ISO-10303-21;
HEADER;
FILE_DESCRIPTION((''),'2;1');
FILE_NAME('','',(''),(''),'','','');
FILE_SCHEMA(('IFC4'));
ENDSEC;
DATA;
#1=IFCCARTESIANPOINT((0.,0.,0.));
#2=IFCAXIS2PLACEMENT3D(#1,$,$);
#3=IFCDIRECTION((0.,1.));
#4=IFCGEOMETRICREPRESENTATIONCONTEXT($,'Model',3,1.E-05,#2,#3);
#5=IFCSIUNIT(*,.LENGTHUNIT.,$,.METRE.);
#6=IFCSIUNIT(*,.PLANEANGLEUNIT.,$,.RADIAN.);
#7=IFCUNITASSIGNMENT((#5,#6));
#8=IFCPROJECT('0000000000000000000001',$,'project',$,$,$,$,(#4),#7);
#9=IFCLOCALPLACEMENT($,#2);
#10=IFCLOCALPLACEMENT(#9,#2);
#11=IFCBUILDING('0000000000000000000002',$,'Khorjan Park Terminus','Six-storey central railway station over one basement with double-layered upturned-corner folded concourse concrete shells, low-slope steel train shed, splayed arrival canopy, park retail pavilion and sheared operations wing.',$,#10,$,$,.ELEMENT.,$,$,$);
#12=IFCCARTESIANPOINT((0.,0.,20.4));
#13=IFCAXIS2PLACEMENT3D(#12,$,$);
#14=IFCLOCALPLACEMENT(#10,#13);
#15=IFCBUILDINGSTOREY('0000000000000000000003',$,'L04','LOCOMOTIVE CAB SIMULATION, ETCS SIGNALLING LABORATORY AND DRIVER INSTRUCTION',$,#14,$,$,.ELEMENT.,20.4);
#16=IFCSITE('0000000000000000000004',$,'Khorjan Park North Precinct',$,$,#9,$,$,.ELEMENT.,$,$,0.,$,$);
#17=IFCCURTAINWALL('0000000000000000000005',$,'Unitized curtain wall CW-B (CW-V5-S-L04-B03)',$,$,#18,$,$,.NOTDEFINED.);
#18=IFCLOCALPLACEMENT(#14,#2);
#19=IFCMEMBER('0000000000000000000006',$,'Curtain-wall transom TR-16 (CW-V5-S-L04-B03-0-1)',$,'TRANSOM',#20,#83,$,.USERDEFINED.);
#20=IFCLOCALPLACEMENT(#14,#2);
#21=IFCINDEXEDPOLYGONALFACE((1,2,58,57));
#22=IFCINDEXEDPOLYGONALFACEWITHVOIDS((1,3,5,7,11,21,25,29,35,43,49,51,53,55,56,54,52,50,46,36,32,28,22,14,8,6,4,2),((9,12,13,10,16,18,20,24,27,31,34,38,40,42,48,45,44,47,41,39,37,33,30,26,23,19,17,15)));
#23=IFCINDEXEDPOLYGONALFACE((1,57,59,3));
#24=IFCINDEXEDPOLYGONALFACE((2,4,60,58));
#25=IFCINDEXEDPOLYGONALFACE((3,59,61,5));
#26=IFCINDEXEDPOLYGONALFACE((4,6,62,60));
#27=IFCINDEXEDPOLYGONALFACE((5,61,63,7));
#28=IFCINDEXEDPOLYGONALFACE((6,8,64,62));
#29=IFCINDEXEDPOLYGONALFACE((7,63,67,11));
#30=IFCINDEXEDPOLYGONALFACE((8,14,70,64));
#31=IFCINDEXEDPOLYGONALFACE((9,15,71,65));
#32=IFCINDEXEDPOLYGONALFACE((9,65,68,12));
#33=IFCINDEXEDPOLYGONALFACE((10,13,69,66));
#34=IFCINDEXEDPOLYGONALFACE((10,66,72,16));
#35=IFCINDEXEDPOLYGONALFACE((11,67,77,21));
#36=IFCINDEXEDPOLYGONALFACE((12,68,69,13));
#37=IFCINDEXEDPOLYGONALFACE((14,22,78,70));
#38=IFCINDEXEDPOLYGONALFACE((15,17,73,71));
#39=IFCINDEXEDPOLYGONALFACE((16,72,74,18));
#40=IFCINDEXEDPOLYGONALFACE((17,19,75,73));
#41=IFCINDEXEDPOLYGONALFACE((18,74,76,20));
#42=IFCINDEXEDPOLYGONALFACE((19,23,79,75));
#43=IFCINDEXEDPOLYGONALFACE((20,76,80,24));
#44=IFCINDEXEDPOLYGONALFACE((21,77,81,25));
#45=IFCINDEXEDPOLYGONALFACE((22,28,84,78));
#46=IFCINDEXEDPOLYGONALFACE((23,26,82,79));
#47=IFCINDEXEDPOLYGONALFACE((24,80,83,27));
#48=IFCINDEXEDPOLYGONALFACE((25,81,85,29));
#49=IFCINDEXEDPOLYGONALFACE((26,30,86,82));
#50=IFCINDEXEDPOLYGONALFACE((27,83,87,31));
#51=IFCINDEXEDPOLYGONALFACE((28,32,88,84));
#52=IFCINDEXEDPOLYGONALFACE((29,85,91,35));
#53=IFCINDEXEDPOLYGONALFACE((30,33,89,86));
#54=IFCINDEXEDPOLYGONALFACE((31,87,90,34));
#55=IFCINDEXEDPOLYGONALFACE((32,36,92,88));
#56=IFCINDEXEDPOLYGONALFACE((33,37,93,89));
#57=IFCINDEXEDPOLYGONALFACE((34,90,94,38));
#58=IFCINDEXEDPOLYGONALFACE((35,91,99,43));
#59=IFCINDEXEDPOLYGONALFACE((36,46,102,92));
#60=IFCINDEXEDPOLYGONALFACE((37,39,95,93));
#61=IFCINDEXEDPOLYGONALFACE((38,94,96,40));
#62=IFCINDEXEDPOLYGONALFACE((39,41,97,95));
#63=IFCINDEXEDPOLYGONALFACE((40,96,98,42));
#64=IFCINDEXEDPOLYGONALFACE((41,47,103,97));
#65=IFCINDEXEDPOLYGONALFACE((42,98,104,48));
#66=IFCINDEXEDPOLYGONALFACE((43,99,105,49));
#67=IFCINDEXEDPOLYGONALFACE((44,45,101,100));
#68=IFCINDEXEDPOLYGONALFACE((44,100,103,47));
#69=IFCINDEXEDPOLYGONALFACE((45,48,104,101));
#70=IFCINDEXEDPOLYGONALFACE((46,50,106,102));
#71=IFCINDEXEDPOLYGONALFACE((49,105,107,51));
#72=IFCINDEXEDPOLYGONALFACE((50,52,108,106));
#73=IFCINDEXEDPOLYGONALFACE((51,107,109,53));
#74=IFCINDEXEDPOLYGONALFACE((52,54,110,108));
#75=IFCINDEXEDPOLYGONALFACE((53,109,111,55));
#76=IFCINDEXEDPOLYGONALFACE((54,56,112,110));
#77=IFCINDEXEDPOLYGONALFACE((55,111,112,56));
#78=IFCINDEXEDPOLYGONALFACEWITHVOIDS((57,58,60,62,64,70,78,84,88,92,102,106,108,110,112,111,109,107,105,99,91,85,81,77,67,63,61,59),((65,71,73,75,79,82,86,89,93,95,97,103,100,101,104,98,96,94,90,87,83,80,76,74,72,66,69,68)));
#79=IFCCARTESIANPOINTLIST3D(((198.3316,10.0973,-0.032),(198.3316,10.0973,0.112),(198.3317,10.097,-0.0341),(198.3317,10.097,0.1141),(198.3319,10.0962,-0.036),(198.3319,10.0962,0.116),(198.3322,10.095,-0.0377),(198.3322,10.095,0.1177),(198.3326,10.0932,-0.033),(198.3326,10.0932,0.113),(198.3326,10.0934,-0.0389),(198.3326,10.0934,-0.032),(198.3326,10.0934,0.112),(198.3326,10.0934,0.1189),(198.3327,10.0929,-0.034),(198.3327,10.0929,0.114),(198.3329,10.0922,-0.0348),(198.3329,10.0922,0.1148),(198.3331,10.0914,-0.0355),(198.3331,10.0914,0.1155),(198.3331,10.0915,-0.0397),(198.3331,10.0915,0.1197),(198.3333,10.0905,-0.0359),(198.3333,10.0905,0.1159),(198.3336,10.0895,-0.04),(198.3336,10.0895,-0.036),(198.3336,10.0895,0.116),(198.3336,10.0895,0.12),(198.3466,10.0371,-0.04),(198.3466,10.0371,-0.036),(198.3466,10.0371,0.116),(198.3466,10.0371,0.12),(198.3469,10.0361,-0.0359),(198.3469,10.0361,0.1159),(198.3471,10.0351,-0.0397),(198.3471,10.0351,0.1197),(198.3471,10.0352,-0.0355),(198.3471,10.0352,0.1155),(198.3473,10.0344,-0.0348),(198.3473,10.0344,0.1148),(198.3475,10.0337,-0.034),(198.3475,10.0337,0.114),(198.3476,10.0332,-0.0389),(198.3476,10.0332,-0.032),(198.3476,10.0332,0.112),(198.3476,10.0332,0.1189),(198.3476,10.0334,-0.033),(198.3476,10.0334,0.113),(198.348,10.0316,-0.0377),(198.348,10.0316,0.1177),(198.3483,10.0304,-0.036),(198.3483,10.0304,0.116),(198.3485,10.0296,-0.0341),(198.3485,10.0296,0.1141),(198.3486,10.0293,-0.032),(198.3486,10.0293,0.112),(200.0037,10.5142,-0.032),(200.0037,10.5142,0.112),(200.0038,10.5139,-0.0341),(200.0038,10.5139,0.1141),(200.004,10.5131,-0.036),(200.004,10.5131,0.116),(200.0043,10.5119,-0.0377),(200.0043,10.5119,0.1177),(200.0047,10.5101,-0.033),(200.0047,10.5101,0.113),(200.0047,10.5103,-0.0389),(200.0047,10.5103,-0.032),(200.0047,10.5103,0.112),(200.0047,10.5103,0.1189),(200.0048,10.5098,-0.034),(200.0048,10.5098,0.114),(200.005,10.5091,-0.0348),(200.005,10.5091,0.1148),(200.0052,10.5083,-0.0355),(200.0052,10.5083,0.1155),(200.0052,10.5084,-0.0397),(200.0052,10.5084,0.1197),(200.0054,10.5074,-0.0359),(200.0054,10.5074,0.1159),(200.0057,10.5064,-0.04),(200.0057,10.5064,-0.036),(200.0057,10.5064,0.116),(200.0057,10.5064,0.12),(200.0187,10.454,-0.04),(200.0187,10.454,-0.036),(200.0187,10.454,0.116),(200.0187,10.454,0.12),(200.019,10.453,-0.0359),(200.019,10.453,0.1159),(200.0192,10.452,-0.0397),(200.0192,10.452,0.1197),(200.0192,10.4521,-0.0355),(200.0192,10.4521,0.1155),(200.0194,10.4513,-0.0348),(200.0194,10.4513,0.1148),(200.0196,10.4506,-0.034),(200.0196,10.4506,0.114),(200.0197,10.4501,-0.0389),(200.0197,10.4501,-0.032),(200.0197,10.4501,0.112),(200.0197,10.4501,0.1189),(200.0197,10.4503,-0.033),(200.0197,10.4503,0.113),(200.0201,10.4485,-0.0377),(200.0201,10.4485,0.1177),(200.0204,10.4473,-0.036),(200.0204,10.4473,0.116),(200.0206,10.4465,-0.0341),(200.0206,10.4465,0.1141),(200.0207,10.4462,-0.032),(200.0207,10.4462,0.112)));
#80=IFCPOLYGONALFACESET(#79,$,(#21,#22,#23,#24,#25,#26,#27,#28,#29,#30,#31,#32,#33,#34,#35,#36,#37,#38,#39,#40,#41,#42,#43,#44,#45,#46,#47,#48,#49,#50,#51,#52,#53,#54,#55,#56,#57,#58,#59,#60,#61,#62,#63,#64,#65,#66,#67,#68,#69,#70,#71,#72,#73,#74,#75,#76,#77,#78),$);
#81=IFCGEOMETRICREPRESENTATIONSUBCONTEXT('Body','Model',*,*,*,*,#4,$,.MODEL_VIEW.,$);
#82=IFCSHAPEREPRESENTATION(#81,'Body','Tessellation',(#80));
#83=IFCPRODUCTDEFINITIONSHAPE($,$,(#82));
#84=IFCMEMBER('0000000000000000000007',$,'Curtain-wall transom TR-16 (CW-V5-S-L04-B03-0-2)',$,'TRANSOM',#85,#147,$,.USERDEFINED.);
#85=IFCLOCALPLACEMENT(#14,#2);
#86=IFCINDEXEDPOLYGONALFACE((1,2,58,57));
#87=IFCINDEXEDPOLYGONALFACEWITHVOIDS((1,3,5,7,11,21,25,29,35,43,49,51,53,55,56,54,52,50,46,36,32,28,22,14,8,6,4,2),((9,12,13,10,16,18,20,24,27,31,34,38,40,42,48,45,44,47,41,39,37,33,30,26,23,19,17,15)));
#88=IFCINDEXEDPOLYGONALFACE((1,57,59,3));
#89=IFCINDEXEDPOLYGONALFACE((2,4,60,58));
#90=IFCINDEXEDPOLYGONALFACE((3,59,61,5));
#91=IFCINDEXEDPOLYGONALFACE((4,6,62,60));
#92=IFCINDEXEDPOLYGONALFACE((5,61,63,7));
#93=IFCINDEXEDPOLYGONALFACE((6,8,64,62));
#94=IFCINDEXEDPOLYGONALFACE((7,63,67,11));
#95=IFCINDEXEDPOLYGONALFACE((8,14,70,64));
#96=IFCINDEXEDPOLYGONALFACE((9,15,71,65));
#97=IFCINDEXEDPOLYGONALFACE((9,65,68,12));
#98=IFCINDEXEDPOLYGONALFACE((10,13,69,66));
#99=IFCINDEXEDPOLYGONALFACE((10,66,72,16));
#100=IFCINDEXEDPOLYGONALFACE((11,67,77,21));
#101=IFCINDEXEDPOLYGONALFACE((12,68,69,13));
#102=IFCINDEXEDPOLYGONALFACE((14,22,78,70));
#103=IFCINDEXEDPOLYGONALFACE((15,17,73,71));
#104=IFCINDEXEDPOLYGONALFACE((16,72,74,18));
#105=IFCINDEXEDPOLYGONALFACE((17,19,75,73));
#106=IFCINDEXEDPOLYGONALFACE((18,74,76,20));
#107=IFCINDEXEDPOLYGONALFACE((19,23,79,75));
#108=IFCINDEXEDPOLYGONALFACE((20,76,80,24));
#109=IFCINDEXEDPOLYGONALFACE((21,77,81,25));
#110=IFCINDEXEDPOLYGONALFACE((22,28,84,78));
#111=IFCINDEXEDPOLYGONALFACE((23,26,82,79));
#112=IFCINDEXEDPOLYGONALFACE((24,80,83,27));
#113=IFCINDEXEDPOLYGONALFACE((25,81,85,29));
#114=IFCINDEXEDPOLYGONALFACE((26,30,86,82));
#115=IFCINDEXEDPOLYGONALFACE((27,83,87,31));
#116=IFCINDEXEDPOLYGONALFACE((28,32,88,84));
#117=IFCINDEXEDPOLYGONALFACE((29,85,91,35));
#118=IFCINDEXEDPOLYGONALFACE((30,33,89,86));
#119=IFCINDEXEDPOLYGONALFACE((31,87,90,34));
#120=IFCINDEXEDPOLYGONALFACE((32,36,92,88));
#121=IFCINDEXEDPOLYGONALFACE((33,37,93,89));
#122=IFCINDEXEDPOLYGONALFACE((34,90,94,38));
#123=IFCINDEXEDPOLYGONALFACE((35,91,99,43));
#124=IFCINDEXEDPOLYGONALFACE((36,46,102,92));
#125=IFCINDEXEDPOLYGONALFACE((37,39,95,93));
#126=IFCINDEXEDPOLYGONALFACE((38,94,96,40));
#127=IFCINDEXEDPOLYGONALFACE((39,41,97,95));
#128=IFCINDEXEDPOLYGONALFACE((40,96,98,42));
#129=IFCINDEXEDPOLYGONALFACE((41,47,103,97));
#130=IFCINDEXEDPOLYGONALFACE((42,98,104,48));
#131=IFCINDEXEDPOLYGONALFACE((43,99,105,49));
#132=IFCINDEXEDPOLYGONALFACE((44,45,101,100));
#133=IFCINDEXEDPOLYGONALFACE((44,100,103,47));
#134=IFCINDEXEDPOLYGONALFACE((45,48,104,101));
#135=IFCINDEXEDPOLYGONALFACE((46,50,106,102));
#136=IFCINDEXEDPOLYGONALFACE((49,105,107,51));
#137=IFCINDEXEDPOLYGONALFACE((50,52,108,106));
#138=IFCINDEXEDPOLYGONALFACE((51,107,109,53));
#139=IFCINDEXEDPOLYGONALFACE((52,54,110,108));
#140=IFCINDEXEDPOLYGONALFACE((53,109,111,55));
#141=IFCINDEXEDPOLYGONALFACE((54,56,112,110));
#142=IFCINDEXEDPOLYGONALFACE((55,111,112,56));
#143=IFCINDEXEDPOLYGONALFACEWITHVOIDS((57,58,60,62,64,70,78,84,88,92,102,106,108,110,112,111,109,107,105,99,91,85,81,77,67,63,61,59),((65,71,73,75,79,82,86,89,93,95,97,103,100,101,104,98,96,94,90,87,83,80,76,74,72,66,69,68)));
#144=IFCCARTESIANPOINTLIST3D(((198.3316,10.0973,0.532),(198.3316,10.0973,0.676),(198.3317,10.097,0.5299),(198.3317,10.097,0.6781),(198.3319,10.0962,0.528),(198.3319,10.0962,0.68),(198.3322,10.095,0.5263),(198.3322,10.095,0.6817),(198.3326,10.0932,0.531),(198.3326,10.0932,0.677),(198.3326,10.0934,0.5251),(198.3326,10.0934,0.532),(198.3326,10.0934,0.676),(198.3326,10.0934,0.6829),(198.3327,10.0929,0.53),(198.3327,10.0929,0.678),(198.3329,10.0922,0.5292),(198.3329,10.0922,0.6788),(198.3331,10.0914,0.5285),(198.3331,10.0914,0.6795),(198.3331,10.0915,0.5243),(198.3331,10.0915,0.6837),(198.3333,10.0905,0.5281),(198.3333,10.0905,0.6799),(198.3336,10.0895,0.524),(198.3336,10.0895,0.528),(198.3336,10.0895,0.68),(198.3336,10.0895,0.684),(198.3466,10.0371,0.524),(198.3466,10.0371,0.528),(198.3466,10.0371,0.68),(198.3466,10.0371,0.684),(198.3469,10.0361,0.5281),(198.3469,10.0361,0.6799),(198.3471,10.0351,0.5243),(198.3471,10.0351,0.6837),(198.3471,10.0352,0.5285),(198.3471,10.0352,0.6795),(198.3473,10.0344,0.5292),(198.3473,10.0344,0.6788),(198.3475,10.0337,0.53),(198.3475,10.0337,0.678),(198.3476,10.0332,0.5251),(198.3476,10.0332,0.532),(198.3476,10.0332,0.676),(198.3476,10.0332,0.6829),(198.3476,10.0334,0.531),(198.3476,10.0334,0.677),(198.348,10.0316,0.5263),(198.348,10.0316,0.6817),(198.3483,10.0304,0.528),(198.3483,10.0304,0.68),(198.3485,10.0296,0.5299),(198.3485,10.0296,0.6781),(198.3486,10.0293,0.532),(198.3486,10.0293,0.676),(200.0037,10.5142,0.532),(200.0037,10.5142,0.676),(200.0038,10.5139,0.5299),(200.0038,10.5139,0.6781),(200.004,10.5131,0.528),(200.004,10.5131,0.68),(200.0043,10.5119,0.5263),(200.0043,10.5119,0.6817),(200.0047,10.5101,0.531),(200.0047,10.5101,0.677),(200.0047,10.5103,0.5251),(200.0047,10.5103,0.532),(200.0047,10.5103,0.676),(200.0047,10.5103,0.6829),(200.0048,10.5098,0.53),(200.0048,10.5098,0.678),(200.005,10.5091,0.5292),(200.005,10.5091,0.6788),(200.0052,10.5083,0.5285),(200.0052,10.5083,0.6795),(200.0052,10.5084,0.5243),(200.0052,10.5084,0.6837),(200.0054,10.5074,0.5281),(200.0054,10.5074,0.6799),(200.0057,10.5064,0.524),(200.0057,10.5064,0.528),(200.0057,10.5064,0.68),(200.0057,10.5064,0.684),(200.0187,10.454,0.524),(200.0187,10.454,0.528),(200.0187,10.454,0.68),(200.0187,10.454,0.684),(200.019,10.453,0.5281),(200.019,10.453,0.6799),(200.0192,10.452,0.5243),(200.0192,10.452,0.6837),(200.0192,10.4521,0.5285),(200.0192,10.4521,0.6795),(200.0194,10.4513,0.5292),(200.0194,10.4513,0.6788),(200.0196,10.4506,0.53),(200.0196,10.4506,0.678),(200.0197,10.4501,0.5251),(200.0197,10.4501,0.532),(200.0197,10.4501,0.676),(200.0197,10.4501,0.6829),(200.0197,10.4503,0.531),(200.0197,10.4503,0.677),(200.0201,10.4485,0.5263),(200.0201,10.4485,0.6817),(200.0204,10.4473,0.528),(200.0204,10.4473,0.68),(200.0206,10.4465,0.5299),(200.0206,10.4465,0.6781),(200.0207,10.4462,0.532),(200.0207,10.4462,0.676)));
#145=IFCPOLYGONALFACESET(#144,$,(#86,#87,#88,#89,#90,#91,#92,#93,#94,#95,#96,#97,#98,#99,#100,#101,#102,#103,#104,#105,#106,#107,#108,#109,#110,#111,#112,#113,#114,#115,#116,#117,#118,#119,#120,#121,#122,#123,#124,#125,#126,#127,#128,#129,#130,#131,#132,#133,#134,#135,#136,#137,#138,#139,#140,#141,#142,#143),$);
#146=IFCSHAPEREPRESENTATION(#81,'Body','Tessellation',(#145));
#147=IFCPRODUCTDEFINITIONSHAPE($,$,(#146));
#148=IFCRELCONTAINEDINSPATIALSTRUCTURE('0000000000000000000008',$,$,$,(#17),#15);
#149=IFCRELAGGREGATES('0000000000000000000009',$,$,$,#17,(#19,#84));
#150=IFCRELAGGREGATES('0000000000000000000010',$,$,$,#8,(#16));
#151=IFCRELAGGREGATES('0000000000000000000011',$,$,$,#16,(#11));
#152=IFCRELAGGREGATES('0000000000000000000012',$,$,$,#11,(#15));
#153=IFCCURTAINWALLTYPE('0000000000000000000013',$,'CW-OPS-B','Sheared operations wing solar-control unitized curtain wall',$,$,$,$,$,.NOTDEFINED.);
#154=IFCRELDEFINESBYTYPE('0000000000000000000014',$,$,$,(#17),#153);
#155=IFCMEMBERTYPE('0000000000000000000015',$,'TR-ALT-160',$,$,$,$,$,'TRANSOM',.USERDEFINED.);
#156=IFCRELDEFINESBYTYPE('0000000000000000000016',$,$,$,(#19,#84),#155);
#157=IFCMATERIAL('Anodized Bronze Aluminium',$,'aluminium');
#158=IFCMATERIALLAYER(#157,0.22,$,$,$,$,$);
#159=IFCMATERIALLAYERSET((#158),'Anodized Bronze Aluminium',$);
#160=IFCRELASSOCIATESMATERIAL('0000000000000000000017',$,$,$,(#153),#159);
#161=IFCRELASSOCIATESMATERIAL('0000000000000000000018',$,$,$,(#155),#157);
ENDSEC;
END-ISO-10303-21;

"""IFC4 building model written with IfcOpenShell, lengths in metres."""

from ifc_helpers import new_model, si_unit, direction, frame, origin, origin_2d, place, context, subcontext, project, spatial, hollow_rectangle, extrude, material, layer, layer_set, material_profile, profile_set, type_object, element, aggregate, save


model = new_model("IFC4")

# Units and contexts
model_context = context("Model", 3, precision=1e-05, world=origin(), true_north=direction((0.0, 1.0)))
body_context = subcontext(model_context, "Body", "Model", "MODEL_VIEW")
ifc_project = project(units=[si_unit("LENGTHUNIT", "METRE"), si_unit("PLANEANGLEUNIT", "RADIAN")], contexts=[model_context])

# Site, building, storey
site_placement = place(None, origin())
site = spatial("IfcSite", under=ifc_project, at=site_placement, Name="Khorjan Park North Precinct", CompositionType="ELEMENT", RefElevation=0.0)
building_placement = place(site_placement, origin())
building = spatial("IfcBuilding", under=site, at=building_placement, Name="Khorjan Park Terminus", Description="Six-storey central railway station over one basement with double-layered upturned-corner folded concourse concrete shells, low-slope steel train shed, splayed arrival canopy, park retail pavilion and sheared operations wing.", CompositionType="ELEMENT")
storey_placement = place(building_placement, frame((0.0, 0.0, 20.4)))
storey = spatial("IfcBuildingStorey", under=building, at=storey_placement, Name="L04", Description="LOCOMOTIVE CAB SIMULATION, ETCS SIGNALLING LABORATORY AND DRIVER INSTRUCTION", CompositionType="ELEMENT", Elevation=20.4)

# Curtain wall, members
ifc_material_1 = material(Name="Anodized Bronze Aluminium", Category="aluminium")
ifc_layer_1 = layer(ifc_material_1, 0.22)
ifc_layer_set_1 = layer_set([ifc_layer_1], Name="Anodized Bronze Aluminium")
curtain_wall_type = type_object("IfcCurtainWallType", Name="CW-OPS-B", Description="Sheared operations wing solar-control unitized curtain wall", PredefinedType="NOTDEFINED", material=ifc_layer_set_1)
curtain_wall_placement = place(storey_placement, origin())
curtain_wall = element("IfcCurtainWall", 1, at=curtain_wall_placement, inside=storey, type_object=curtain_wall_type, Name="Unitized curtain wall CW-B (CW-V5-S-L04-B03)", PredefinedType="NOTDEFINED")
ifc_material_profile_1 = material_profile(ifc_material_1, hollow_rectangle(XDim=0.07, YDim=0.16, WallThickness=0.004, InnerFilletRadius=0.004, OuterFilletRadius=0.008, at=origin_2d()), Name="ALT 70x160x4")
ifc_profile_set_1 = profile_set([ifc_material_profile_1], Name="Anodized Bronze Aluminium")
member_type_1 = type_object("IfcMemberType", Name="TR-ALT-160", ElementType="TRANSOM", PredefinedType="USERDEFINED", material=ifc_profile_set_1)
member_1_placement = place(storey_placement, frame((198.3401, 10.0633, 0.04), z_axis=(0.970296, 0.241921, 0.0), x_axis=(-0.241921, 0.970296, 0.0)))
member_1 = element("IfcMember", 2, at=member_1_placement, type_object=member_type_1, Name="Curtain-wall transom TR-16 (CW-V5-S-L04-B03-0-1)", ObjectType="TRANSOM", PredefinedType="USERDEFINED", context=body_context, shape_type="SweptSolid", body=[
    extrude(hollow_rectangle(XDim=0.07, YDim=0.16, WallThickness=0.004, InnerFilletRadius=0.004, OuterFilletRadius=0.008, at=origin_2d()), origin(), (0.0, 0.0, 1.0), 1.7233),
])
member_2_placement = place(storey_placement, frame((198.3401, 10.0633, 0.604), z_axis=(0.970296, 0.241921, 0.0), x_axis=(-0.241921, 0.970296, 0.0)))
member_2 = element("IfcMember", 3, at=member_2_placement, type_object=member_type_1, Name="Curtain-wall transom TR-16 (CW-V5-S-L04-B03-0-2)", ObjectType="TRANSOM", PredefinedType="USERDEFINED", context=body_context, shape_type="SweptSolid", body=[
    extrude(hollow_rectangle(XDim=0.07, YDim=0.16, WallThickness=0.004, InnerFilletRadius=0.004, OuterFilletRadius=0.008, at=origin_2d()), origin(), (0.0, 0.0, 1.0), 1.7233),
])
aggregate(curtain_wall, [member_1, member_2])

save(model, "model.ifc")
